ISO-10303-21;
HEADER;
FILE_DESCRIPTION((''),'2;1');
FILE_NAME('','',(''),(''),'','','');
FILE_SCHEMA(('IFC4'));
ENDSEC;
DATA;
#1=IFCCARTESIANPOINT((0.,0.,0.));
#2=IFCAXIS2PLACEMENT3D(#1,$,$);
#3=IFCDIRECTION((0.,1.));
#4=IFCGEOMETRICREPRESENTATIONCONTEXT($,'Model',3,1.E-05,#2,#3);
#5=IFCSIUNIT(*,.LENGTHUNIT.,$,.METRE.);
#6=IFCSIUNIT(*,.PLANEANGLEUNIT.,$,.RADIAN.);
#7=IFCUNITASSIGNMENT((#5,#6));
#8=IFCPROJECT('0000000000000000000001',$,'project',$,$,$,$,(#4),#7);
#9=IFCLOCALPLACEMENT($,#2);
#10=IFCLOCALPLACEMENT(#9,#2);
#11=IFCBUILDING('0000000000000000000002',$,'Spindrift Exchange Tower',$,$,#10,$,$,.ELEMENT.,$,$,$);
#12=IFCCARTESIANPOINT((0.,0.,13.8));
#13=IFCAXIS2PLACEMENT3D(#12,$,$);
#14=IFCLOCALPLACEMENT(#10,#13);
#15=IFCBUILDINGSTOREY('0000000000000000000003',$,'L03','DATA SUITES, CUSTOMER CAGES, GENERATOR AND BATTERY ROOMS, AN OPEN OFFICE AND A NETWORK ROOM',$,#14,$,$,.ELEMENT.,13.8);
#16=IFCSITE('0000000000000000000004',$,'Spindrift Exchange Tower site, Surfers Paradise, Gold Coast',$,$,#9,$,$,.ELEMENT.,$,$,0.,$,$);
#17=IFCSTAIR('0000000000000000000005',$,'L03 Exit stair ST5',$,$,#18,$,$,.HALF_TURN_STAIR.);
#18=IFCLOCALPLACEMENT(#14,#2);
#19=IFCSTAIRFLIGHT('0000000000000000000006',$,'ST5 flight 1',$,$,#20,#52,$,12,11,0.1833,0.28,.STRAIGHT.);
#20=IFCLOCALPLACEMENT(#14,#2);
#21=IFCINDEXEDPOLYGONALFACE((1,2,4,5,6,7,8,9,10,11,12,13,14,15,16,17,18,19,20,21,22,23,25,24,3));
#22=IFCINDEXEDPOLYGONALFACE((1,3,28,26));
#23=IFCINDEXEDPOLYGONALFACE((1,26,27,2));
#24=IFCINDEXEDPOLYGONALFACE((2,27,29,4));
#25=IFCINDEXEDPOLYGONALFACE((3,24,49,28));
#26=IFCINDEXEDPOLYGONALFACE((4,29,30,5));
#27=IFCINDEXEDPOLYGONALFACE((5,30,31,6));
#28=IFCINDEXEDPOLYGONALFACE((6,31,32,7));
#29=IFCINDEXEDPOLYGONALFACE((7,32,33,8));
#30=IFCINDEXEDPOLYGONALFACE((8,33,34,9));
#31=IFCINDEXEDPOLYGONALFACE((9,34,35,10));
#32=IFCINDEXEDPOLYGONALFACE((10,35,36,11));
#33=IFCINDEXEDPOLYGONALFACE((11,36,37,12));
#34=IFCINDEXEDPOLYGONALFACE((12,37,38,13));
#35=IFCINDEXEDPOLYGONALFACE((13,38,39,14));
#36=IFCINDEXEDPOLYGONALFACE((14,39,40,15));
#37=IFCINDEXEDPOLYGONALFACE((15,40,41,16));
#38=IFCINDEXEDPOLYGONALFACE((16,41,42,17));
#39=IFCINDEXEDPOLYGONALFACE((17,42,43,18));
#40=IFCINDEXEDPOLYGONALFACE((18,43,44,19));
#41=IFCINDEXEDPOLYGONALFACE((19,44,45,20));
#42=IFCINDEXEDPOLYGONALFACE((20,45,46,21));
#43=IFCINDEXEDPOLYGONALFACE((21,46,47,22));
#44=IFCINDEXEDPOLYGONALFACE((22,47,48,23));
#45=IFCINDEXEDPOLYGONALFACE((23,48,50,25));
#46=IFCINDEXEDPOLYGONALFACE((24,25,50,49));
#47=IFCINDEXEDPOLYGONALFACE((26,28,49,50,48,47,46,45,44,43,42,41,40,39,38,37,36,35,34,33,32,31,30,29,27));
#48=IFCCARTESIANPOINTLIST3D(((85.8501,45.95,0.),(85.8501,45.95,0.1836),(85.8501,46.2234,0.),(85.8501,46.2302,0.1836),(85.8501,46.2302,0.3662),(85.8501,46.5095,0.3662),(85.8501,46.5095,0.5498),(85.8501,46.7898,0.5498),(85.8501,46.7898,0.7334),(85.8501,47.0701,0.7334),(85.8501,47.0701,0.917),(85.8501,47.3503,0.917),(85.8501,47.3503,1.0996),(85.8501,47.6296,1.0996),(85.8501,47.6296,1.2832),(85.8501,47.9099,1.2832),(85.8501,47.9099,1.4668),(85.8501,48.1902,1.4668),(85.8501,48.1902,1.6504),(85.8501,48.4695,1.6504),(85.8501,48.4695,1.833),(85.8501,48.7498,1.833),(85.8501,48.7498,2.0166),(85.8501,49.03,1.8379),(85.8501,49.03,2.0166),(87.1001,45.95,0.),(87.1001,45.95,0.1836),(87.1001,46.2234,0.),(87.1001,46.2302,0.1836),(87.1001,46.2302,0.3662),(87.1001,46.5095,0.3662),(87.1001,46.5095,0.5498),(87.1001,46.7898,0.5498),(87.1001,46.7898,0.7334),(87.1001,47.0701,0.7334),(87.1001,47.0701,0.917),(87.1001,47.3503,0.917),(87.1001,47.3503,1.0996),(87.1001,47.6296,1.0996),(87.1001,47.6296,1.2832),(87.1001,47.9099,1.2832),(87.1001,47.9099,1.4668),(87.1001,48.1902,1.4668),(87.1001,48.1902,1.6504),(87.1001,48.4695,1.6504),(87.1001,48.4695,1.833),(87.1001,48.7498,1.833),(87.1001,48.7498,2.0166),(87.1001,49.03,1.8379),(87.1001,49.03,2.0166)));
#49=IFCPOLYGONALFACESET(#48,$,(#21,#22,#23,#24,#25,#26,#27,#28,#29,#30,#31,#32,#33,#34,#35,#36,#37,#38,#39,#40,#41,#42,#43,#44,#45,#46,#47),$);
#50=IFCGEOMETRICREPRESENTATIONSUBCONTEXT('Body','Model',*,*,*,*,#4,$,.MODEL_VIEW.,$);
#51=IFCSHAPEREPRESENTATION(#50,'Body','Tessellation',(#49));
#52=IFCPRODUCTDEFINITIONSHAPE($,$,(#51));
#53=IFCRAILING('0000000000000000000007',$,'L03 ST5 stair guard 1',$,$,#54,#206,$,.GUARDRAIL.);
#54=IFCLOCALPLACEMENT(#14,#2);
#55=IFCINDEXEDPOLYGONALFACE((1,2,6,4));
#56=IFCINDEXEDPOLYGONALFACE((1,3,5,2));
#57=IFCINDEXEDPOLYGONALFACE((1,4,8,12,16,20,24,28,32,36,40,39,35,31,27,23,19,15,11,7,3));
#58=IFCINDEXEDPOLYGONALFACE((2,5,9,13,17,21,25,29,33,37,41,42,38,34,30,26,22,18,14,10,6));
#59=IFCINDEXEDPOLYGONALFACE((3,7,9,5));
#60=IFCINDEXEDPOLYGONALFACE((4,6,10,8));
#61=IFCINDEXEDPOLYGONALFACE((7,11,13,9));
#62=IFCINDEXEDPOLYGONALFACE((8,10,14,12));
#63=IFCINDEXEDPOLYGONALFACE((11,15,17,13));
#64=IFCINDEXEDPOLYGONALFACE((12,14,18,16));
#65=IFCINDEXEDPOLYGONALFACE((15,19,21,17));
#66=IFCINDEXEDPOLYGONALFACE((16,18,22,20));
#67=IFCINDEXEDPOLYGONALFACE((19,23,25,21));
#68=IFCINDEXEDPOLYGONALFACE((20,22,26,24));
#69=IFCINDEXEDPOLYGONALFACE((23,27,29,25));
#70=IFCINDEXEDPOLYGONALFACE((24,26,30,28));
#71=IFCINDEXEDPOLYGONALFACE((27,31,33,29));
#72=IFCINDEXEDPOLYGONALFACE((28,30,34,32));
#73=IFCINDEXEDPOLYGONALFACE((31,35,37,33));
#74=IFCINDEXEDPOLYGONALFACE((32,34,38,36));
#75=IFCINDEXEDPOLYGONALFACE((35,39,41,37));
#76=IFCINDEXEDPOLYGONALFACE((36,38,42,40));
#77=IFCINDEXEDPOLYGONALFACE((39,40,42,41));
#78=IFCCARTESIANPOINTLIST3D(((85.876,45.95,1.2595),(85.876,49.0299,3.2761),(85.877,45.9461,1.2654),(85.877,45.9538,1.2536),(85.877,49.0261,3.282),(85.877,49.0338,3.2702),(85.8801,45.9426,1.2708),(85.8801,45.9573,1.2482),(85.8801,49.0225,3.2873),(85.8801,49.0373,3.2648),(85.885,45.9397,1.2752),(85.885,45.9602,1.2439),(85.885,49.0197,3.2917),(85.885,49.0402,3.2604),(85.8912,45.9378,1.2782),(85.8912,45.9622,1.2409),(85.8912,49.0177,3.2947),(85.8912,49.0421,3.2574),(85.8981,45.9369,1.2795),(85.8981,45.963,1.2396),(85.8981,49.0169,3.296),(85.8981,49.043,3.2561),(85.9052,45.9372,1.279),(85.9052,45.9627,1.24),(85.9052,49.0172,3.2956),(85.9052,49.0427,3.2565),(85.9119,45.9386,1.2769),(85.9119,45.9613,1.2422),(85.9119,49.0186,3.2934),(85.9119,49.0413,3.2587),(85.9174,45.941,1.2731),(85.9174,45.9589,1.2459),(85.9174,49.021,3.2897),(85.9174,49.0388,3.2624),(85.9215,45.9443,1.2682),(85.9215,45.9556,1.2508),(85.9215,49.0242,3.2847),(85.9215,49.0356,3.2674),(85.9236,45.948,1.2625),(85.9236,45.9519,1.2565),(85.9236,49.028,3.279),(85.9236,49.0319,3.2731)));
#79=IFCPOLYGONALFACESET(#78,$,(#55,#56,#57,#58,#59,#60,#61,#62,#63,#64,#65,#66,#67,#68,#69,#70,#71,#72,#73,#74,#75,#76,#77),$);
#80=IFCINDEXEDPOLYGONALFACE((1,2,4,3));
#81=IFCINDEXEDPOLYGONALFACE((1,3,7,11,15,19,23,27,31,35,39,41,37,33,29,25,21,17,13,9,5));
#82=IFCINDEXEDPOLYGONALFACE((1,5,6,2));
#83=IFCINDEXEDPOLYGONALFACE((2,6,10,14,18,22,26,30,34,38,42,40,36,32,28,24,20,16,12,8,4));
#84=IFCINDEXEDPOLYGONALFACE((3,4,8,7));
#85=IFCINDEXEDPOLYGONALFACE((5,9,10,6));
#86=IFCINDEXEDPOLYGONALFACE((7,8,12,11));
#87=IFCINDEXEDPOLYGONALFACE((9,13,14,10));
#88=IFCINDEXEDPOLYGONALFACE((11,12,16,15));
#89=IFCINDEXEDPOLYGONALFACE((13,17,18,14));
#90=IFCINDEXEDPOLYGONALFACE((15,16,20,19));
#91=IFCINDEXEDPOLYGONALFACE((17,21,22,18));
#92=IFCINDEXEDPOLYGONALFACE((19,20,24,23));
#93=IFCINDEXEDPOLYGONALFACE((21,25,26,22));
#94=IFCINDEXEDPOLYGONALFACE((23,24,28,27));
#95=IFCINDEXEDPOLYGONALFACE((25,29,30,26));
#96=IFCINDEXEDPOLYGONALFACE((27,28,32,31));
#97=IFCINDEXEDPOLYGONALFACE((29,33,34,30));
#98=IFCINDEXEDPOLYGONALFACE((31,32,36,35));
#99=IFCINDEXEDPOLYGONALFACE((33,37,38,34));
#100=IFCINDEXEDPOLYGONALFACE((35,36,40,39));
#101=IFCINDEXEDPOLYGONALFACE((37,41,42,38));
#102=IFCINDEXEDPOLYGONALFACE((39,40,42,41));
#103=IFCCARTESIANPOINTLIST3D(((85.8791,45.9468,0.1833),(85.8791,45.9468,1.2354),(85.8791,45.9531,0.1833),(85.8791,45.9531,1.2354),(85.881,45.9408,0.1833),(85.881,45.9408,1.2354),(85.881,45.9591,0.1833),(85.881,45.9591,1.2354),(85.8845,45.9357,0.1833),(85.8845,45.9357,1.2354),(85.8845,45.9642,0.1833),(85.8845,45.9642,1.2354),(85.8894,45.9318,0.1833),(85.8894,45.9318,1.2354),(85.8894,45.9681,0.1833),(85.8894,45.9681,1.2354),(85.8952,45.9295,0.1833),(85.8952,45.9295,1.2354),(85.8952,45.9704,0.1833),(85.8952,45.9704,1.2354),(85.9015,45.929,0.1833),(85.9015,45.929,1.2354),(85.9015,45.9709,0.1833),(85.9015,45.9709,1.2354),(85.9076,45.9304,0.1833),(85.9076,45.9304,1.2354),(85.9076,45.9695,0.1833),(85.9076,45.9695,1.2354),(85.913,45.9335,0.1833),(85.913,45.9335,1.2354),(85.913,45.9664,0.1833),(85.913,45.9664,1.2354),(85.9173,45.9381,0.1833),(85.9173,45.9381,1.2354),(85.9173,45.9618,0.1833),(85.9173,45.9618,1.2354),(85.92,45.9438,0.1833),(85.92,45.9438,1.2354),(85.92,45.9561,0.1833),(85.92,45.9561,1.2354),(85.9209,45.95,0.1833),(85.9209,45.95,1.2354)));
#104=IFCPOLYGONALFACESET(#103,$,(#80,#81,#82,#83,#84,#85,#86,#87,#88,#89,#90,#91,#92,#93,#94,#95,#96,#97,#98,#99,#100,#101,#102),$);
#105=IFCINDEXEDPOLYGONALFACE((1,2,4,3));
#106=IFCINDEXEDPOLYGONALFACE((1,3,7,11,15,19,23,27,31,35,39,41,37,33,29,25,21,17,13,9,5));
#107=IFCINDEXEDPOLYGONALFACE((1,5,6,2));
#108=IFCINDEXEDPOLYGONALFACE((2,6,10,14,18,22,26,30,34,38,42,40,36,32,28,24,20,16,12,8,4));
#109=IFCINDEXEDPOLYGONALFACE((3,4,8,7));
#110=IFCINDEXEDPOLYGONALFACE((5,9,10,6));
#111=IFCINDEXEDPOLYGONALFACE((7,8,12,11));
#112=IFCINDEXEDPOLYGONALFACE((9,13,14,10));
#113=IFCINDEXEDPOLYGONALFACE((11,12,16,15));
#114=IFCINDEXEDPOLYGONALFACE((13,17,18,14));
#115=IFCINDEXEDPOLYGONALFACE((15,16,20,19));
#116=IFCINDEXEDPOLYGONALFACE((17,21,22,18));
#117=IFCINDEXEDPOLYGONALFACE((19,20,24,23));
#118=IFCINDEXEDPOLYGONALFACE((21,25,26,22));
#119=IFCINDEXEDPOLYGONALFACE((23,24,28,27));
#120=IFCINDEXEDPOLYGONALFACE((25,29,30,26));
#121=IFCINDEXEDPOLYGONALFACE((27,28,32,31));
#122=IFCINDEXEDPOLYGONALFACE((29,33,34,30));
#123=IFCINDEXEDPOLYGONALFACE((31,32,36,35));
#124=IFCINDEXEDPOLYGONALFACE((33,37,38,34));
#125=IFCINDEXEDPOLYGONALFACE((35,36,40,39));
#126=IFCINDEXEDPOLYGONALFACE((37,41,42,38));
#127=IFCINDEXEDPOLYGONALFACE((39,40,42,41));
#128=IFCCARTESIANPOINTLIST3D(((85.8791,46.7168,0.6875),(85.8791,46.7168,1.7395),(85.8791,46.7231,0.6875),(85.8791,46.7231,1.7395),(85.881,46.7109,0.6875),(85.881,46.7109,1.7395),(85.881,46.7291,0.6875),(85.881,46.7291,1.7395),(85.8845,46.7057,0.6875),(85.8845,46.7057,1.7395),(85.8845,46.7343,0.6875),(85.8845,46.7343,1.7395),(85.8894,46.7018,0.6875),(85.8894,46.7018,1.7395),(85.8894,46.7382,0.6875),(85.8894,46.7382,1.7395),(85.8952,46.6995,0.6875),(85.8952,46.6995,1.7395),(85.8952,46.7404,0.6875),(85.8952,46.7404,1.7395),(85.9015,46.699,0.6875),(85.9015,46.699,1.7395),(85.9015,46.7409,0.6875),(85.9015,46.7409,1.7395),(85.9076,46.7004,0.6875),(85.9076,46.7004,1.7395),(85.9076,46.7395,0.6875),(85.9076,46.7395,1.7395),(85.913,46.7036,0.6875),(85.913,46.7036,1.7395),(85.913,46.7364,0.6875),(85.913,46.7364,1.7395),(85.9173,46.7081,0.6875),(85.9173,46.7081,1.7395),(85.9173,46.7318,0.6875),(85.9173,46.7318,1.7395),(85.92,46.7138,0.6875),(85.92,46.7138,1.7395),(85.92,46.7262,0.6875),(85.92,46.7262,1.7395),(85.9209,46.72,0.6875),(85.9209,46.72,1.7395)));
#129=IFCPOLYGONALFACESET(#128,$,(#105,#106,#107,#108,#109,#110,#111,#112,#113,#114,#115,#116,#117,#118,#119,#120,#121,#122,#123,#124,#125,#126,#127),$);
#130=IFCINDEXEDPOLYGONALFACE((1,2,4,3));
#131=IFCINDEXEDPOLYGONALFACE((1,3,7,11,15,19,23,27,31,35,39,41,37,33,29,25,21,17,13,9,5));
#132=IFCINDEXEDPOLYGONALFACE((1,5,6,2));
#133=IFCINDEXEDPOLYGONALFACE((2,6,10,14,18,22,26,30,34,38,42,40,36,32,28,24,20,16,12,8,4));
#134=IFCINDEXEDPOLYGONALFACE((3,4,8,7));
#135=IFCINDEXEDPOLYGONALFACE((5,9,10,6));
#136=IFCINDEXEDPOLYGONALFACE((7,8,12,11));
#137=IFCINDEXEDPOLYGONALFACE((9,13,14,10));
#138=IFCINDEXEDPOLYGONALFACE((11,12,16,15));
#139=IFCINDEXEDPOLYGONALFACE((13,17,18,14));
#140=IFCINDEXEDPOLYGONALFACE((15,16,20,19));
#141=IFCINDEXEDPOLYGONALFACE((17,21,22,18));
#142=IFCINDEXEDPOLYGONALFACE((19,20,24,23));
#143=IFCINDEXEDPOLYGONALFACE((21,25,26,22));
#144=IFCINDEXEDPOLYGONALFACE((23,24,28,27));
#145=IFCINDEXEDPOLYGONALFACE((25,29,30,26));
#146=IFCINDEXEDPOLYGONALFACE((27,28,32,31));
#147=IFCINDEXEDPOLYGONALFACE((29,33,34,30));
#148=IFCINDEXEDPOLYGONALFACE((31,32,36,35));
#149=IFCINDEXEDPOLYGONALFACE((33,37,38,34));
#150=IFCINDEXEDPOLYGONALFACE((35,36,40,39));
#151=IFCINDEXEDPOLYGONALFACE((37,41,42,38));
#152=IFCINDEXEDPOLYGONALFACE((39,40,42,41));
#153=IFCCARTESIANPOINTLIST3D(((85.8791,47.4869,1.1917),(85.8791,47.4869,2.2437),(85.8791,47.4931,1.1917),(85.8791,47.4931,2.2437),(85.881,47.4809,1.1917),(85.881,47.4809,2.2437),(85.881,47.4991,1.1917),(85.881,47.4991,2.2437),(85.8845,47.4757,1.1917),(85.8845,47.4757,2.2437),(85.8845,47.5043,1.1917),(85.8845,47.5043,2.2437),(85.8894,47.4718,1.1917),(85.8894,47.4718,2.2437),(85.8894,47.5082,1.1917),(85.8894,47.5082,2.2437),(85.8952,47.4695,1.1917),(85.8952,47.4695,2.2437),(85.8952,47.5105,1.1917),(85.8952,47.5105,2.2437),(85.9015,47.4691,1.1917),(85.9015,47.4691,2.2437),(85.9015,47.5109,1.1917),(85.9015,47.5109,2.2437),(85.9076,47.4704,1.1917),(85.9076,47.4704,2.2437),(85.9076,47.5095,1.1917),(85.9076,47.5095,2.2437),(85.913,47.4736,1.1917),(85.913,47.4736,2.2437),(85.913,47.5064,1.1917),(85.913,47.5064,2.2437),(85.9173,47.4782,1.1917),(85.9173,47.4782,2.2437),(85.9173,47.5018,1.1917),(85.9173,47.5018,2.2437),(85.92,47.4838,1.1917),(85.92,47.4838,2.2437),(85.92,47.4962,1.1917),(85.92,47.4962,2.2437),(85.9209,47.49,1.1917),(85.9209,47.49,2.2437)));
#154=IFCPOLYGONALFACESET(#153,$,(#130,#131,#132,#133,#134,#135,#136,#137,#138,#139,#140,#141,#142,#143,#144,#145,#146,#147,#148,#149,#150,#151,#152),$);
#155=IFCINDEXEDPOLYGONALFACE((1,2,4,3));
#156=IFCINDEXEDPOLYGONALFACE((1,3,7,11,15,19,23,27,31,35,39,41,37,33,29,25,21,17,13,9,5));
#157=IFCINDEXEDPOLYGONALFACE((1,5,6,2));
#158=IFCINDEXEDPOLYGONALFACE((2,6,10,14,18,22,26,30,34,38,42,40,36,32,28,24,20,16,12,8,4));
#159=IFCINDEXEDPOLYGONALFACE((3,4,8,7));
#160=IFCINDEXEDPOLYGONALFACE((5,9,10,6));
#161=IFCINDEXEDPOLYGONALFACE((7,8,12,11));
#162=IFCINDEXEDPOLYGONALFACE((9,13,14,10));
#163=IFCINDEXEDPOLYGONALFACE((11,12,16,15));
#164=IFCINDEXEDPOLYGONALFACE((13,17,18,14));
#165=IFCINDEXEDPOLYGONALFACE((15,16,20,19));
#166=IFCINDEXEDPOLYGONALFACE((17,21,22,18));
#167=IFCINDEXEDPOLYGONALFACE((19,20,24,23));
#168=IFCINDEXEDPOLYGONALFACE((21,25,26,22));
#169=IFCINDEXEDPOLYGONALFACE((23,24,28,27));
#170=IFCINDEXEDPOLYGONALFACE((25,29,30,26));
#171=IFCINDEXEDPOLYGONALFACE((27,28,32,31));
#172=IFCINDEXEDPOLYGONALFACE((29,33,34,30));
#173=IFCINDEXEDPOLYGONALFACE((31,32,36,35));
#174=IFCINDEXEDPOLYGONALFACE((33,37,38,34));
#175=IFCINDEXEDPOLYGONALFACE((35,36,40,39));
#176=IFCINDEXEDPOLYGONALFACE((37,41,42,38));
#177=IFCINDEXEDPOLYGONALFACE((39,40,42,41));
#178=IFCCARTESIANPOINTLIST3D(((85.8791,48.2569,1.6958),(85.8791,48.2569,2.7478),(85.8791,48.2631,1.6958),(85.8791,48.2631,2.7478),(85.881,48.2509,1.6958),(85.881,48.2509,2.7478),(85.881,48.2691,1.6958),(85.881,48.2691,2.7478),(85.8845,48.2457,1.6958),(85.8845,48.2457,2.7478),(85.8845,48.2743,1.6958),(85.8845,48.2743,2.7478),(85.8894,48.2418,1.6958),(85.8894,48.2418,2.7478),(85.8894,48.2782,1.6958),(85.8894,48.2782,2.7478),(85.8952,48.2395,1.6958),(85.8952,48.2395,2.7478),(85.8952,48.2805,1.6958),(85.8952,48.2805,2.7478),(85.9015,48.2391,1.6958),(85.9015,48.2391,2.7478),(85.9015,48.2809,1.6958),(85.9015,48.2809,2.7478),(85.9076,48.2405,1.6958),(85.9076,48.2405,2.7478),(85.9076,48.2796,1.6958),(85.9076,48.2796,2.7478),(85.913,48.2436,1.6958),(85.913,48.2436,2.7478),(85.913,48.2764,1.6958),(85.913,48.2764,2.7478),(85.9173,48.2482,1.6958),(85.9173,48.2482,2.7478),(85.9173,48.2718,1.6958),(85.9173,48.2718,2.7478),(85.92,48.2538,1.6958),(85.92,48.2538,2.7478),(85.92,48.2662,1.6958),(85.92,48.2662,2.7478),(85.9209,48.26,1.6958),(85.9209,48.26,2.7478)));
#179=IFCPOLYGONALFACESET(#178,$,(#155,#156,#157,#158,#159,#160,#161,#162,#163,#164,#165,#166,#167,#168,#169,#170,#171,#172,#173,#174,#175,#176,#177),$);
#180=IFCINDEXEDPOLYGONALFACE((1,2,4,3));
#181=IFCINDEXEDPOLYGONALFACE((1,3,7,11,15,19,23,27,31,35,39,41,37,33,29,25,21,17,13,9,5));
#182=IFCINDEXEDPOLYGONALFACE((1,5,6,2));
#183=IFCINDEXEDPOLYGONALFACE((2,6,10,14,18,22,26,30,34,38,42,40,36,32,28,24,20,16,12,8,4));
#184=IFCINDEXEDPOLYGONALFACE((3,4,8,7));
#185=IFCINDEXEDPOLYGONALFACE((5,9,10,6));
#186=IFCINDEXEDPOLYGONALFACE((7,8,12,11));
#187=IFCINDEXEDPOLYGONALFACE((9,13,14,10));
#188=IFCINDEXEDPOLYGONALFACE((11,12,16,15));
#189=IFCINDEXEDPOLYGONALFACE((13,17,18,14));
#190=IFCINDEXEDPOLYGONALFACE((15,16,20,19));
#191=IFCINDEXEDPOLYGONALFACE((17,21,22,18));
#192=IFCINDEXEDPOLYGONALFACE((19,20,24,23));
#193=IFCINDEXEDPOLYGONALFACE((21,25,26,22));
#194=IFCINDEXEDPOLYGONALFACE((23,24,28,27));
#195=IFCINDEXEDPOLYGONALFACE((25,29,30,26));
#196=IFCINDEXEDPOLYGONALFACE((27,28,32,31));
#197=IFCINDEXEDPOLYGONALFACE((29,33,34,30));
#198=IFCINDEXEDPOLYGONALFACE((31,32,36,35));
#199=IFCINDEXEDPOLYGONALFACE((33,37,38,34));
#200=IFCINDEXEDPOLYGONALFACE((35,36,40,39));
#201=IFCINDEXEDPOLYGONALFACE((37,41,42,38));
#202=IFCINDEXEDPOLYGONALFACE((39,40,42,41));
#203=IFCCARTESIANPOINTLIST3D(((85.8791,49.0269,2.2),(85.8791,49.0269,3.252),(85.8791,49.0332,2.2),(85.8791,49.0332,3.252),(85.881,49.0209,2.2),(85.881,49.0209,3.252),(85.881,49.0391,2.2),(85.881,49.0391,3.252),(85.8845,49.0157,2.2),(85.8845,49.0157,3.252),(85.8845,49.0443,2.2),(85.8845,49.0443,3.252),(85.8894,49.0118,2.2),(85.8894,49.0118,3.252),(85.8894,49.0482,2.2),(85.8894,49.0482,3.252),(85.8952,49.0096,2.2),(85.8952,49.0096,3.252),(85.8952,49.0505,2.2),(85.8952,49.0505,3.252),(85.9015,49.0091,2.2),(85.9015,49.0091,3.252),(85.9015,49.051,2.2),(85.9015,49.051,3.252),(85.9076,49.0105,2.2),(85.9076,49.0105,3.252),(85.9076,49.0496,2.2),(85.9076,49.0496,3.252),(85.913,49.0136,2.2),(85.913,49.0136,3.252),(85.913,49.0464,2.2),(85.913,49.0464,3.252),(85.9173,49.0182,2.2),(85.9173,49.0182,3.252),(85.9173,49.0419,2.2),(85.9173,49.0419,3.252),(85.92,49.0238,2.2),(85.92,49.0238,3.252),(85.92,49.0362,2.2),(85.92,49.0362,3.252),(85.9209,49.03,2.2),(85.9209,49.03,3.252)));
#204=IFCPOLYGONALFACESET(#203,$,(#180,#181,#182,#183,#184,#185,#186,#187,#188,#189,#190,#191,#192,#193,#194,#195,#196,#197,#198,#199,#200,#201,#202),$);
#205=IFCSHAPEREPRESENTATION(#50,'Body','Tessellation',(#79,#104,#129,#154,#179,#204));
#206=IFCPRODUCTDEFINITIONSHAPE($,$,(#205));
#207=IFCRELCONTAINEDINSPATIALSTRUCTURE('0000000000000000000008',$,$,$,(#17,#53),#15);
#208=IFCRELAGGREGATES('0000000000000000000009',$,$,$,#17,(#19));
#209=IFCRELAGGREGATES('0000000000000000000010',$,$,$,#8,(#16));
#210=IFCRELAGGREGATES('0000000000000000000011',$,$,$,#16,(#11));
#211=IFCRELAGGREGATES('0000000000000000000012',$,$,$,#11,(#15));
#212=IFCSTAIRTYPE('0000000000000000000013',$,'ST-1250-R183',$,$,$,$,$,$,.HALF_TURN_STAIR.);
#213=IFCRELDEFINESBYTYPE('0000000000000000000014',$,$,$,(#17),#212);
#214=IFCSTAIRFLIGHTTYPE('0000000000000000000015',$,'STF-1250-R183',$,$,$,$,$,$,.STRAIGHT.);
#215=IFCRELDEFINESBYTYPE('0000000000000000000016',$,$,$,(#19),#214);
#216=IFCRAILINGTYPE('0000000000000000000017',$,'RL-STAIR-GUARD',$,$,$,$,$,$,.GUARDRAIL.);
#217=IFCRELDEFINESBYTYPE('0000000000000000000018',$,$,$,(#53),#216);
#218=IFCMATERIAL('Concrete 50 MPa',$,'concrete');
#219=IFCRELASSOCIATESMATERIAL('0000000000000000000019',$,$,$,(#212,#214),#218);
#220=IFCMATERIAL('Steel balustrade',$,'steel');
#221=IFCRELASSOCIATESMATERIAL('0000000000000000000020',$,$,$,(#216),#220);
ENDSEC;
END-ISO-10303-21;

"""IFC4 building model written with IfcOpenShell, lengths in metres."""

from ifc_helpers import new_model, si_unit, direction, frame, origin, origin_2d, place, context, subcontext, project, spatial, line, indexed_curve, circle, outline, extrude, material, type_object, element, aggregate, save


model = new_model("IFC4")

# Units and contexts
model_context = context("Model", 3, precision=1e-05, world=origin(), true_north=direction((0.0, 1.0)))
body_context = subcontext(model_context, "Body", "Model", "MODEL_VIEW")
ifc_project = project(units=[si_unit("LENGTHUNIT", "METRE"), si_unit("PLANEANGLEUNIT", "RADIAN")], contexts=[model_context])

# Site, building, storey
site_placement = place(None, origin())
site = spatial("IfcSite", under=ifc_project, at=site_placement, Name="Spindrift Exchange Tower site, Surfers Paradise, Gold Coast", CompositionType="ELEMENT", RefElevation=0.0)
building_placement = place(site_placement, origin())
building = spatial("IfcBuilding", under=site, at=building_placement, Name="Spindrift Exchange Tower", CompositionType="ELEMENT")
storey_placement = place(building_placement, frame((0.0, 0.0, 13.8)))
storey = spatial("IfcBuildingStorey", under=building, at=storey_placement, Name="L03", Description="DATA SUITES, CUSTOMER CAGES, GENERATOR AND BATTERY ROOMS, AN OPEN OFFICE AND A NETWORK ROOM", CompositionType="ELEMENT", Elevation=13.8)

# Shared definitions
ifc_material_1 = material(Name="Concrete 50 MPa", Category="concrete")

# Stair, stair flight
stair_type = type_object("IfcStairType", Name="ST-1250-R183", PredefinedType="HALF_TURN_STAIR", material=ifc_material_1)
stair_placement = place(storey_placement, origin())
stair = element("IfcStair", 1, at=stair_placement, inside=storey, type_object=stair_type, Name="L03 Exit stair ST5", PredefinedType="HALF_TURN_STAIR")
stair_flight_type = type_object("IfcStairFlightType", Name="STF-1250-R183", PredefinedType="STRAIGHT", material=ifc_material_1)
stair_flight_placement = place(storey_placement, frame((86.4751, 45.95, 0.0), z_axis=(0.0, 0.0, 1.0), x_axis=(0.0, 1.0, 0.0)))
stair_flight = element("IfcStairFlight", 2, at=stair_flight_placement, type_object=stair_flight_type, Name="ST5 flight 1", NumberOfRisers=12, NumberOfTreads=11, PredefinedType="STRAIGHT", RiserHeight=0.1833, TreadLength=0.28, context=body_context, shape_type="SweptSolid", body=[
    extrude(outline(indexed_curve([(0.0, 0.0), (0.0, 0.1836), (0.2803, 0.1836), (0.2803, 0.3662), (0.5596, 0.3662), (0.5596, 0.5498), (0.8398, 0.5498), (0.8398, 0.7334), (1.1201, 0.7334), (1.1201, 0.917), (1.4004, 0.917), (1.4004, 1.0996), (1.6797, 1.0996), (1.6797, 1.2832), (1.96, 1.2832), (1.96, 1.4668), (2.2402, 1.4668), (2.2402, 1.6504), (2.5195, 1.6504), (2.5195, 1.833), (2.7998, 1.833), (2.7998, 2.0166), (3.0801, 2.0166), (3.0801, 2.2002), (3.0801, 1.8379), (0.2734, 0.0)], segments=[line(1, 2, 3, 4, 5, 6, 7, 8, 9, 10, 11, 12, 13, 14, 15, 16, 17, 18, 19, 20, 21, 22, 23, 24, 25, 26, 1)], self_intersect=False)), frame((0.0, 0.625, 0.0), z_axis=(0.0, -1.0, 0.0), x_axis=(1.0, 0.0, 0.0)), (0.0, 0.0, 1.0), 1.25),
])
aggregate(stair, [stair_flight])

# Railing
ifc_material_2 = material(Name="Steel balustrade", Category="steel")
railing_type_1 = type_object("IfcRailingType", Name="RL-STAIR-GUARD", PredefinedType="GUARDRAIL", material=ifc_material_2)
railing_1_placement = place(storey_placement, frame((85.8999, 45.95, 0.1833)))
element("IfcRailing", 3, at=railing_1_placement, inside=storey, type_object=railing_type_1, Name="L03 ST5 stair guard 1", PredefinedType="GUARDRAIL", context=body_context, shape_type="SweptSolid", body=[
    extrude(circle(Radius=0.0239, at=origin_2d()), frame((0.0, 0.0, 1.0762), z_axis=(0.0, 0.836633, 0.547764), x_axis=(-1.0, 0.0, 0.0)), (0.0, 0.0, 1.0), 3.6814),
    extrude(circle(Radius=0.021, at=origin_2d()), origin(), (0.0, 0.0, 1.0), 1.052),
    extrude(circle(Radius=0.021, at=origin_2d()), frame((0.0, 0.77, 0.5042)), (0.0, 0.0, 1.0), 1.052),
    extrude(circle(Radius=0.021, at=origin_2d()), frame((0.0, 1.54, 1.0083)), (0.0, 0.0, 1.0), 1.052),
    extrude(circle(Radius=0.021, at=origin_2d()), frame((0.0, 2.3101, 1.5125)), (0.0, 0.0, 1.0), 1.052),
    extrude(circle(Radius=0.021, at=origin_2d()), frame((0.0, 3.0801, 2.0166)), (0.0, 0.0, 1.0), 1.052),
])

save(model, "model.ifc")
